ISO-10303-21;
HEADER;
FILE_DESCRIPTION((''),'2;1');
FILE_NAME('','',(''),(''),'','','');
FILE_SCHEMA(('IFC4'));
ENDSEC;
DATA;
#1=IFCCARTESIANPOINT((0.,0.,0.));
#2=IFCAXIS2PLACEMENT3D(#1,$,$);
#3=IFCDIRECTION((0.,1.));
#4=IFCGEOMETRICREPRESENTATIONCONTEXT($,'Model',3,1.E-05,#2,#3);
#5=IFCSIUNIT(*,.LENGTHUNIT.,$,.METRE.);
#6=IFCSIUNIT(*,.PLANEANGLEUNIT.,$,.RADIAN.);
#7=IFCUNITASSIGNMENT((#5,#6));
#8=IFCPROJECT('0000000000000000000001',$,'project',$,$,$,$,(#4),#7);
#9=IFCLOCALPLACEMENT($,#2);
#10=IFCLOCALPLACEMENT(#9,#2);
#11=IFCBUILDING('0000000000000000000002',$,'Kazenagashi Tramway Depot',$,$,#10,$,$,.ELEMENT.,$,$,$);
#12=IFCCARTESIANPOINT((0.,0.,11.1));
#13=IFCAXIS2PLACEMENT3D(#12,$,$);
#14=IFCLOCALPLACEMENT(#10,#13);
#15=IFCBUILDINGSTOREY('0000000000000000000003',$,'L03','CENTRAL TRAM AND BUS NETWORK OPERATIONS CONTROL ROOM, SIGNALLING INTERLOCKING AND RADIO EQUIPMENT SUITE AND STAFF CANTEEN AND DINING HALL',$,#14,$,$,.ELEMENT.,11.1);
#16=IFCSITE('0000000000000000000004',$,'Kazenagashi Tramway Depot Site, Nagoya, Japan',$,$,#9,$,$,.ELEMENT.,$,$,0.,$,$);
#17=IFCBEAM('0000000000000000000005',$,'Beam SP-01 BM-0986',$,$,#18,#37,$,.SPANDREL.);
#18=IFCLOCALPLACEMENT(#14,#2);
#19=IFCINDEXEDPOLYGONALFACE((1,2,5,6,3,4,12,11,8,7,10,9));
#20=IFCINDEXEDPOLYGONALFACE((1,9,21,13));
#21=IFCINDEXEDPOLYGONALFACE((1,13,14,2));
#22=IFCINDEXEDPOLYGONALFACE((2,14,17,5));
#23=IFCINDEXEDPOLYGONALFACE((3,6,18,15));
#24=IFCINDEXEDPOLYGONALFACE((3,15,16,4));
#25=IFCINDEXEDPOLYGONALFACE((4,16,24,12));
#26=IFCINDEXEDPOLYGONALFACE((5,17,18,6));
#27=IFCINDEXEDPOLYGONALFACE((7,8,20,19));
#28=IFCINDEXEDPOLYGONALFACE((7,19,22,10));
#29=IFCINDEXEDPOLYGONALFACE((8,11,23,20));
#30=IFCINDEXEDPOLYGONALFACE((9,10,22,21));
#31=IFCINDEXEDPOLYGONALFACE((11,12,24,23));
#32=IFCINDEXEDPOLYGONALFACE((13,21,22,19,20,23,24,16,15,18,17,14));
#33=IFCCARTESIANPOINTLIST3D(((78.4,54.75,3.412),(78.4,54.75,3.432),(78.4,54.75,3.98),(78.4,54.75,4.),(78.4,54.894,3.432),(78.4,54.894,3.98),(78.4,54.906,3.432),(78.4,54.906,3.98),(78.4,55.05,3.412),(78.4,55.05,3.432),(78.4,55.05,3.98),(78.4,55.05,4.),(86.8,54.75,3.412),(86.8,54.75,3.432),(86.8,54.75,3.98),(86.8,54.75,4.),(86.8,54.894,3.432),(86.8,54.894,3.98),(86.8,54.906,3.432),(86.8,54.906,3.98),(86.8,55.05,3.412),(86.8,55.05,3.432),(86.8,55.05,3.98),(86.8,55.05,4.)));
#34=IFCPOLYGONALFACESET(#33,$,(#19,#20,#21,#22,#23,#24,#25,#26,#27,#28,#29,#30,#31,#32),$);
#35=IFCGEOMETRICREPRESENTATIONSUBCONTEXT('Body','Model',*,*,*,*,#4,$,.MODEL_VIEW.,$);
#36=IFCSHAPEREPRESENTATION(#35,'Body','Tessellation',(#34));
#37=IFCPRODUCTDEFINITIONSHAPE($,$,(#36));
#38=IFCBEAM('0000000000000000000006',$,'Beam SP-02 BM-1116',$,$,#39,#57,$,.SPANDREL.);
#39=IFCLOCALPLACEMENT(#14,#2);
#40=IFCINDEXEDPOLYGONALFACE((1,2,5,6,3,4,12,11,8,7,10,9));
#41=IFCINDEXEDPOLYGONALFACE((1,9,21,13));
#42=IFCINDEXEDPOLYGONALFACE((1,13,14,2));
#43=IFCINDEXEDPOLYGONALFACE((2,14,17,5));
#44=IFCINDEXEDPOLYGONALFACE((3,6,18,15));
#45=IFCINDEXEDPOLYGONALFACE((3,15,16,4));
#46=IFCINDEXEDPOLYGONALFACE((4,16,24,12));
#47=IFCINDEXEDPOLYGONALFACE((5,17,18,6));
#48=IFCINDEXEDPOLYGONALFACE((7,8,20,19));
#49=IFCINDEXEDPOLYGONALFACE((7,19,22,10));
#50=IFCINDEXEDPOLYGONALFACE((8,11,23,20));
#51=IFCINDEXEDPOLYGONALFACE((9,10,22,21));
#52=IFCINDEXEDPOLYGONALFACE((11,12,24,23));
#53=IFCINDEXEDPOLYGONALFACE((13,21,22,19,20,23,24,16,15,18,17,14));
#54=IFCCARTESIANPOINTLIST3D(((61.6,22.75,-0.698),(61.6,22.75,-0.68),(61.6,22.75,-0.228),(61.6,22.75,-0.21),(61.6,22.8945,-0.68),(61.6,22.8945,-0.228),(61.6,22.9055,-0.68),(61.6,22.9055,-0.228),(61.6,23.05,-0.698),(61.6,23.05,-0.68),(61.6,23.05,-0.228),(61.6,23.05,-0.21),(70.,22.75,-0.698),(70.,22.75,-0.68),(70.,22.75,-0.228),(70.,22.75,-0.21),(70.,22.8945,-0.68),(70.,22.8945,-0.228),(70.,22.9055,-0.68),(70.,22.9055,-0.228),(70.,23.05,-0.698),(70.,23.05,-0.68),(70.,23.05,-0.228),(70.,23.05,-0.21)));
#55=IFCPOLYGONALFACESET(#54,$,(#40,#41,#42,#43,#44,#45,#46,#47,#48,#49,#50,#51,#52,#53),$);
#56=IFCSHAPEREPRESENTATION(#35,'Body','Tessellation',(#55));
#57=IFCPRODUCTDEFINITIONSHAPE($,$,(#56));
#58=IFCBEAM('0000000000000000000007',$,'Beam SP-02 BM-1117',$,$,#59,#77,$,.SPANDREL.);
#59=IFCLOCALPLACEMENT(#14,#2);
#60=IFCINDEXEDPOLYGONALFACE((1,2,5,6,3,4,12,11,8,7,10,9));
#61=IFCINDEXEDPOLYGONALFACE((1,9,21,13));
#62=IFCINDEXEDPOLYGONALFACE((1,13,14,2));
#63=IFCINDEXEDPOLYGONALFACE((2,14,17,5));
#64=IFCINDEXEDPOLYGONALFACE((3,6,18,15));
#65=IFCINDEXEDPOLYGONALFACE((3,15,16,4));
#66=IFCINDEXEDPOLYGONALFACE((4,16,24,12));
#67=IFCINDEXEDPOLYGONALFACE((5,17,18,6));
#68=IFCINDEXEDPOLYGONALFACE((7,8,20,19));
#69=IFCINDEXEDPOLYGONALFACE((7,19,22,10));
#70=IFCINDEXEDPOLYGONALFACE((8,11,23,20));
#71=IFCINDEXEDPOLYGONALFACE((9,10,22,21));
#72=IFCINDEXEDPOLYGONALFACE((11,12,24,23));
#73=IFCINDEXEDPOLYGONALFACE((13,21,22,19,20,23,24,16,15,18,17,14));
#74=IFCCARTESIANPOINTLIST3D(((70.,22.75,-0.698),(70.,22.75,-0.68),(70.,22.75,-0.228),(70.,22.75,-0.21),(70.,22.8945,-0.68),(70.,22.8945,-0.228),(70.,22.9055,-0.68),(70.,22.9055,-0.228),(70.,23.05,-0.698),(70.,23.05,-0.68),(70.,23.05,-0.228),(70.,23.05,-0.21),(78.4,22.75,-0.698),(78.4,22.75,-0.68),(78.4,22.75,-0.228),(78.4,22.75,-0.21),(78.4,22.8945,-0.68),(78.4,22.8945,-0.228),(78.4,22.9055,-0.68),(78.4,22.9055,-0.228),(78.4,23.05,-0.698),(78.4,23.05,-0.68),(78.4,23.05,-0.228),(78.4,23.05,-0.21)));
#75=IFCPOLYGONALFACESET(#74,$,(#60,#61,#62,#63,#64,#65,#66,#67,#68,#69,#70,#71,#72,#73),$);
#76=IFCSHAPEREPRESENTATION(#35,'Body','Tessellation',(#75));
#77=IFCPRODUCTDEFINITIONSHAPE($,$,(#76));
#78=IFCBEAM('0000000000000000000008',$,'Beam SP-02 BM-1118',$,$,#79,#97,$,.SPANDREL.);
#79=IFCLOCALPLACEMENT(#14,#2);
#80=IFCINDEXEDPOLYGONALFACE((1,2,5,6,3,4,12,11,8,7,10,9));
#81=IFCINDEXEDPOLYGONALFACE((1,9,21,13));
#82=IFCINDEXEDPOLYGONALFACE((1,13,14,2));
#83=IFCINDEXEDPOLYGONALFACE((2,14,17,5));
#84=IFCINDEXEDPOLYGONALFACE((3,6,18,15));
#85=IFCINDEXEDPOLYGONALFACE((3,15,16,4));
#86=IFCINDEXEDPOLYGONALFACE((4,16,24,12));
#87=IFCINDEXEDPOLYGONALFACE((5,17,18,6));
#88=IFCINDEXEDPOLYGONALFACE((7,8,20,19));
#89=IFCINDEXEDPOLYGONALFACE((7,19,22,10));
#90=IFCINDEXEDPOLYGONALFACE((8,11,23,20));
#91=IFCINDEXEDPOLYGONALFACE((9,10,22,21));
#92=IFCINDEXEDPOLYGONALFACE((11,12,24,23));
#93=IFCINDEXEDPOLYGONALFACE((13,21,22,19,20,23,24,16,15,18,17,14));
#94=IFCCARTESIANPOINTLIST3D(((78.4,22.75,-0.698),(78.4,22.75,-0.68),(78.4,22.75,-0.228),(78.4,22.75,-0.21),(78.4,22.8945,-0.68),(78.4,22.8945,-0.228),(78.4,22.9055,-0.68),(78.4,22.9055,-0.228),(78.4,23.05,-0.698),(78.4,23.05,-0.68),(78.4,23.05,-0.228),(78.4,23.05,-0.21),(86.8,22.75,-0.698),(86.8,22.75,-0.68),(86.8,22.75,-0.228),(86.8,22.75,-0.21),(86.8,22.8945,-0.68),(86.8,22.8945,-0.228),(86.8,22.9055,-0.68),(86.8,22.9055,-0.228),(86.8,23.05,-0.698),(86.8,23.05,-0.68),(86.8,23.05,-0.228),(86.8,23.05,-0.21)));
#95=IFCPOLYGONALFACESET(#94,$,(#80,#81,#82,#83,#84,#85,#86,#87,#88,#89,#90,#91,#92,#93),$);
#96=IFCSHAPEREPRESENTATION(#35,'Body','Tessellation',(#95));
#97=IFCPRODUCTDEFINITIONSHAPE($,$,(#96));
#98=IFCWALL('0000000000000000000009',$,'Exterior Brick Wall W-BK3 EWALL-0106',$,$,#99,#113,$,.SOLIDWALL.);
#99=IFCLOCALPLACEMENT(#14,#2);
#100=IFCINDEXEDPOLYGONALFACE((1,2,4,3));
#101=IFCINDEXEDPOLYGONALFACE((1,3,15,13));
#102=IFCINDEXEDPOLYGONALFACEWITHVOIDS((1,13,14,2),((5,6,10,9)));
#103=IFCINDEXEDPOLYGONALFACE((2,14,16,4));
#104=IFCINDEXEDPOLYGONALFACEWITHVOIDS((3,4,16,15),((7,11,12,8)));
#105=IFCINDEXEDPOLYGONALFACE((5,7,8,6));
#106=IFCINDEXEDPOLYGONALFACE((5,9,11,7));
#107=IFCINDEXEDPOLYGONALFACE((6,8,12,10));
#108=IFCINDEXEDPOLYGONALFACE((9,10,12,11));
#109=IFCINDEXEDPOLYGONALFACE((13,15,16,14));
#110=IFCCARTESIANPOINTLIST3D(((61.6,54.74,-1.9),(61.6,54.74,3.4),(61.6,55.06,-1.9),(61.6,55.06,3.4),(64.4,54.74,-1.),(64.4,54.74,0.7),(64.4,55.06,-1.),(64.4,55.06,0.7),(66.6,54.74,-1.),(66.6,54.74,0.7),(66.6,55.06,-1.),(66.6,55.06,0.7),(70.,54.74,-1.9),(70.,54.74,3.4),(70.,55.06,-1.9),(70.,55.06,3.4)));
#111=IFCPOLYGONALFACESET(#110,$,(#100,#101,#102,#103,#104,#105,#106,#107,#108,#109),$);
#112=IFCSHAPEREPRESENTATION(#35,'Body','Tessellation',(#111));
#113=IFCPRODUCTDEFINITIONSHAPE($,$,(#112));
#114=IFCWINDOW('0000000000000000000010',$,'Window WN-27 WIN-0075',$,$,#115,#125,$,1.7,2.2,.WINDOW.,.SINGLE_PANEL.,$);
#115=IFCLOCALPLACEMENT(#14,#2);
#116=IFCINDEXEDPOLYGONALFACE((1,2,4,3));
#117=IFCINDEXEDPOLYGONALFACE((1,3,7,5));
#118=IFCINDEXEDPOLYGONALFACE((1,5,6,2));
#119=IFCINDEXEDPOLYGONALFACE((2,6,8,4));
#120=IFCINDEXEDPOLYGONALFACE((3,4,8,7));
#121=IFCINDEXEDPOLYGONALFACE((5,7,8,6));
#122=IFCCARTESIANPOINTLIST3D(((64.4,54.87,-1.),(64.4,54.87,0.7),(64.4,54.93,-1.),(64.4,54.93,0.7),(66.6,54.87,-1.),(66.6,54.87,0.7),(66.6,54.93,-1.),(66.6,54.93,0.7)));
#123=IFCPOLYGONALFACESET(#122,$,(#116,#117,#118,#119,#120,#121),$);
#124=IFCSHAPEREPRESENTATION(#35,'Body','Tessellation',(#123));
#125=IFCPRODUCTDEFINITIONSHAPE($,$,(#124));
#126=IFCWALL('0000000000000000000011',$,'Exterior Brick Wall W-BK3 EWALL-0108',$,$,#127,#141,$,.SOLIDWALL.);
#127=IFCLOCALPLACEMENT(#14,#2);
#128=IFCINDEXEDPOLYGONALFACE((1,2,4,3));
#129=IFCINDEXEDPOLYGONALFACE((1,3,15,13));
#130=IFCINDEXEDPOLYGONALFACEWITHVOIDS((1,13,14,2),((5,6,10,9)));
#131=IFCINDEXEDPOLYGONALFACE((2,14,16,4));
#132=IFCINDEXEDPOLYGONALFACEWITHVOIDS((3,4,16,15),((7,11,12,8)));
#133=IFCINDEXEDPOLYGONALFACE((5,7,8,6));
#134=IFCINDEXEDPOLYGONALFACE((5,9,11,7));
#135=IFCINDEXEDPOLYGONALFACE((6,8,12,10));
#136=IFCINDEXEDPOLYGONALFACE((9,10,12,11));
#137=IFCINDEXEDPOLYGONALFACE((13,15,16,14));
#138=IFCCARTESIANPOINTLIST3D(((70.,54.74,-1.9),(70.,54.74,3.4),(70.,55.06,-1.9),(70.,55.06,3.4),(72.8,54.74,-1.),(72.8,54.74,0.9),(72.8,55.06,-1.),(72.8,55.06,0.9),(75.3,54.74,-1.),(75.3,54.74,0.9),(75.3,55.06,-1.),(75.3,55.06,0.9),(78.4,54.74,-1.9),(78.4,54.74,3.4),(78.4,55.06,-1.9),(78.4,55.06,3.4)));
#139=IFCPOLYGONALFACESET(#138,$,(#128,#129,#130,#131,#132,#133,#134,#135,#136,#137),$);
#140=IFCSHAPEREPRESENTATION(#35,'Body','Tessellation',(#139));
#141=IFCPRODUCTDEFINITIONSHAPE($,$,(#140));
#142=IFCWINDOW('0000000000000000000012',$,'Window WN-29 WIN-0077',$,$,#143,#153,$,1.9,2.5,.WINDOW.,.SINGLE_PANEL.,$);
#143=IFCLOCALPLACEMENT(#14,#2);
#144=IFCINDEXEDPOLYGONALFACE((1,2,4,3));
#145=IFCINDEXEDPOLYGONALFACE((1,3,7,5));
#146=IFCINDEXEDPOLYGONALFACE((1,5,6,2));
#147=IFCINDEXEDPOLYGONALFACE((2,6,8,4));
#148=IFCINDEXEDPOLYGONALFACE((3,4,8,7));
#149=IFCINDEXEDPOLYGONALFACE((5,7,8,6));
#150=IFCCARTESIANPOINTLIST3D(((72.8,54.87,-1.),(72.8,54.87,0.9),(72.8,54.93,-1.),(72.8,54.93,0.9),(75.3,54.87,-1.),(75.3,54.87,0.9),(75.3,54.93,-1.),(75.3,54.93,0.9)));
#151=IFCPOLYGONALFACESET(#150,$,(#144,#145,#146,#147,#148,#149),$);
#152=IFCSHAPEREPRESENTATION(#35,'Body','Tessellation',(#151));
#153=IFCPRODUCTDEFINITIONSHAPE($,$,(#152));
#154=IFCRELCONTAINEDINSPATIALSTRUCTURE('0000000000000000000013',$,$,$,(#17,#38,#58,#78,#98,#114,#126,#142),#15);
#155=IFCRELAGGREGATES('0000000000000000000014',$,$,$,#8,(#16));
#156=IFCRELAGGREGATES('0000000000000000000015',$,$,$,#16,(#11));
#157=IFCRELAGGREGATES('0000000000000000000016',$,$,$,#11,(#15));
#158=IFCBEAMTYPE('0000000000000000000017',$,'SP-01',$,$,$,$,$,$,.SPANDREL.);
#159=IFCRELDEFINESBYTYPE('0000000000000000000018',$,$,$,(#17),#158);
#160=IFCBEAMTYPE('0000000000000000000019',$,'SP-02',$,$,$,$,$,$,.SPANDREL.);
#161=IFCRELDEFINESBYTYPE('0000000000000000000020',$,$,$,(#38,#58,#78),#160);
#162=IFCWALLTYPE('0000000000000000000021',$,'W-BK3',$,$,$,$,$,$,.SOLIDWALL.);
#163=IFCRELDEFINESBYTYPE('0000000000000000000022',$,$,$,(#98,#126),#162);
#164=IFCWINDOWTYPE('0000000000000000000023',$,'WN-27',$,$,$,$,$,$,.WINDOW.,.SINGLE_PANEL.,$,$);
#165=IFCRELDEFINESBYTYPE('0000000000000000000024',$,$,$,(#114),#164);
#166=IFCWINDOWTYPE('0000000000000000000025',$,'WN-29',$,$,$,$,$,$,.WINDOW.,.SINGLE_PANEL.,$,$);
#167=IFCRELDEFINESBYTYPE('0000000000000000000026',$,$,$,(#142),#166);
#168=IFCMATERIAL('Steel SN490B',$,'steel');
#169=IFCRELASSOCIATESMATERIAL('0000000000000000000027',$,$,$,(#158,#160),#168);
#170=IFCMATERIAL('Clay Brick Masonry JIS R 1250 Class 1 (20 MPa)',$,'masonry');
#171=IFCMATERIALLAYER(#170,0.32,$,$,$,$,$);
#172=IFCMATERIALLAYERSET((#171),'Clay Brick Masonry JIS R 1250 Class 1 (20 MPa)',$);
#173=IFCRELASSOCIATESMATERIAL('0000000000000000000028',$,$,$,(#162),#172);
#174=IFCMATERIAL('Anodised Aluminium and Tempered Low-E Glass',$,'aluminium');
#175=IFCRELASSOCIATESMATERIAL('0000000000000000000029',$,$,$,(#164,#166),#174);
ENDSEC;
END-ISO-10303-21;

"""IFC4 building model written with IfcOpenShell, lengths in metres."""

from ifc_helpers import new_model, si_unit, direction, frame, frame_2d, origin, origin_2d, place, context, subcontext, project, spatial, rectangle, i_section, extrude, material, layer, layer_set, material_profile, profile_set, type_object, element, fill, save


model = new_model("IFC4")

# Units and contexts
model_context = context("Model", 3, precision=1e-05, world=origin(), true_north=direction((0.0, 1.0)))
body_context = subcontext(model_context, "Body", "Model", "MODEL_VIEW")
ifc_project = project(units=[si_unit("LENGTHUNIT", "METRE"), si_unit("PLANEANGLEUNIT", "RADIAN")], contexts=[model_context])

# Site, building, storey
site_placement = place(None, origin())
site = spatial("IfcSite", under=ifc_project, at=site_placement, Name="Kazenagashi Tramway Depot Site, Nagoya, Japan", CompositionType="ELEMENT", RefElevation=0.0)
building_placement = place(site_placement, origin())
building = spatial("IfcBuilding", under=site, at=building_placement, Name="Kazenagashi Tramway Depot", CompositionType="ELEMENT")
storey_placement = place(building_placement, frame((0.0, 0.0, 11.1)))
storey = spatial("IfcBuildingStorey", under=building, at=storey_placement, Name="L03", Description="CENTRAL TRAM AND BUS NETWORK OPERATIONS CONTROL ROOM, SIGNALLING INTERLOCKING AND RADIO EQUIPMENT SUITE AND STAFF CANTEEN AND DINING HALL", CompositionType="ELEMENT", Elevation=11.1)

# Shared definitions
ifc_material_1 = material(Name="Steel SN490B", Category="steel")

# Beams
ifc_material_profile_1 = material_profile(ifc_material_1, i_section(OverallWidth=0.3, OverallDepth=0.588, WebThickness=0.012, FlangeThickness=0.02, at=origin_2d()), Name="H-588x300x12x20")
ifc_profile_set_1 = profile_set([ifc_material_profile_1], Name="Steel SN490B")
beam_type_1 = type_object("IfcBeamType", Name="SP-01", PredefinedType="SPANDREL", material=ifc_profile_set_1)
for number, where, z_axis, x_axis, name in (
    (1, (78.4, 54.9, 3.706), (1.0, 0.0, 0.0), (0.0, 1.0, 0.0), "Beam SP-01 BM-0986"),
):
    element("IfcBeam", number, at=place(storey_placement, frame(where, z_axis=z_axis, x_axis=x_axis)), inside=storey, type_object=beam_type_1, Name=name, PredefinedType="SPANDREL", context=body_context, shape_type="SweptSolid", body=[
        extrude(i_section(OverallWidth=0.3, OverallDepth=0.588, WebThickness=0.012, FlangeThickness=0.02, at=origin_2d()), origin(), (0.0, 0.0, 1.0), 8.4),
    ])
ifc_material_profile_2 = material_profile(ifc_material_1, i_section(OverallWidth=0.3, OverallDepth=0.488, WebThickness=0.011, FlangeThickness=0.018, at=origin_2d()), Name="H-488x300x11x18")
ifc_profile_set_2 = profile_set([ifc_material_profile_2], Name="Steel SN490B")
beam_type_2 = type_object("IfcBeamType", Name="SP-02", PredefinedType="SPANDREL", material=ifc_profile_set_2)
for number, where, z_axis, x_axis, name in (
    (2, (61.6, 22.9, -0.454), (1.0, 0.0, 0.0), (0.0, 1.0, 0.0), "Beam SP-02 BM-1116"),
    (3, (70.0, 22.9, -0.454), (1.0, 0.0, 0.0), (0.0, 1.0, 0.0), "Beam SP-02 BM-1117"),
    (4, (78.4, 22.9, -0.454), (1.0, 0.0, 0.0), (0.0, 1.0, 0.0), "Beam SP-02 BM-1118"),
):
    element("IfcBeam", number, at=place(storey_placement, frame(where, z_axis=z_axis, x_axis=x_axis)), inside=storey, type_object=beam_type_2, Name=name, PredefinedType="SPANDREL", context=body_context, shape_type="SweptSolid", body=[
        extrude(i_section(OverallWidth=0.3, OverallDepth=0.488, WebThickness=0.011, FlangeThickness=0.018, at=origin_2d()), origin(), (0.0, 0.0, 1.0), 8.4),
    ])

# Walls, openings, windows
ifc_material_2 = material(Name="Clay Brick Masonry JIS R 1250 Class 1 (20 MPa)", Category="masonry")
ifc_layer = layer(ifc_material_2, 0.32)
ifc_layer_set = layer_set([ifc_layer], Name="Clay Brick Masonry JIS R 1250 Class 1 (20 MPa)")
wall_type = type_object("IfcWallType", Name="W-BK3", PredefinedType="SOLIDWALL", material=ifc_layer_set)
wall_1_placement = place(storey_placement, frame((61.6, 54.9, -1.9), z_axis=(0.0, 0.0, 1.0), x_axis=(1.0, 0.0, 0.0)))
wall_1 = element("IfcWall", 5, at=wall_1_placement, inside=storey, type_object=wall_type, Name="Exterior Brick Wall W-BK3 EWALL-0106", PredefinedType="SOLIDWALL", context=body_context, shape_type="SweptSolid", body=[
    extrude(rectangle(XDim=8.4, YDim=0.32, at=frame_2d((4.2, 0.0))), origin(), (0.0, 0.0, 1.0), 5.3),
])
opening_1_placement = place(wall_1_placement, frame((2.8, 0.0, 0.9)))
opening_1 = element("IfcOpeningElement", 6, at=opening_1_placement, cuts=wall_1, PredefinedType="OPENING", context=body_context, shape_type="SweptSolid", body=[
    extrude(rectangle(XDim=2.2, YDim=1.7, at=frame_2d((1.1, 0.85))), frame((0.0, 0.17, 0.0), z_axis=(0.0, -1.0, 0.0), x_axis=(1.0, 0.0, 0.0)), (0.0, 0.0, 1.0), 0.34),
])
ifc_material_3 = material(Name="Anodised Aluminium and Tempered Low-E Glass", Category="aluminium")
window_type_1 = type_object("IfcWindowType", Name="WN-27", PartitioningType="SINGLE_PANEL", PredefinedType="WINDOW", material=ifc_material_3)
window_1_placement = place(opening_1_placement, origin())
window_1 = element("IfcWindow", 7, at=window_1_placement, inside=storey, type_object=window_type_1, Name="Window WN-27 WIN-0075", OverallHeight=1.7, OverallWidth=2.2, PartitioningType="SINGLE_PANEL", PredefinedType="WINDOW", context=body_context, shape_type="SweptSolid", body=[
    extrude(rectangle(XDim=2.2, YDim=1.7, at=frame_2d((1.1, 0.85))), frame((0.0, 0.03, 0.0), z_axis=(0.0, -1.0, 0.0), x_axis=(1.0, 0.0, 0.0)), (0.0, 0.0, 1.0), 0.06),
])
fill(opening_1, window_1)
wall_2_placement = place(storey_placement, frame((70.0, 54.9, -1.9), z_axis=(0.0, 0.0, 1.0), x_axis=(1.0, 0.0, 0.0)))
wall_2 = element("IfcWall", 8, at=wall_2_placement, inside=storey, type_object=wall_type, Name="Exterior Brick Wall W-BK3 EWALL-0108", PredefinedType="SOLIDWALL", context=body_context, shape_type="SweptSolid", body=[
    extrude(rectangle(XDim=8.4, YDim=0.32, at=frame_2d((4.2, 0.0))), origin(), (0.0, 0.0, 1.0), 5.3),
])
opening_2_placement = place(wall_2_placement, frame((2.8, 0.0, 0.9)))
opening_2 = element("IfcOpeningElement", 9, at=opening_2_placement, cuts=wall_2, PredefinedType="OPENING", context=body_context, shape_type="SweptSolid", body=[
    extrude(rectangle(XDim=2.5, YDim=1.9, at=frame_2d((1.25, 0.95))), frame((0.0, 0.17, 0.0), z_axis=(0.0, -1.0, 0.0), x_axis=(1.0, 0.0, 0.0)), (0.0, 0.0, 1.0), 0.34),
])
window_type_2 = type_object("IfcWindowType", Name="WN-29", PartitioningType="SINGLE_PANEL", PredefinedType="WINDOW", material=ifc_material_3)
window_2_placement = place(opening_2_placement, origin())
window_2 = element("IfcWindow", 10, at=window_2_placement, inside=storey, type_object=window_type_2, Name="Window WN-29 WIN-0077", OverallHeight=1.9, OverallWidth=2.5, PartitioningType="SINGLE_PANEL", PredefinedType="WINDOW", context=body_context, shape_type="SweptSolid", body=[
    extrude(rectangle(XDim=2.5, YDim=1.9, at=frame_2d((1.25, 0.95))), frame((0.0, 0.03, 0.0), z_axis=(0.0, -1.0, 0.0), x_axis=(1.0, 0.0, 0.0)), (0.0, 0.0, 1.0), 0.06),
])
fill(opening_2, window_2)

save(model, "model.ifc")
